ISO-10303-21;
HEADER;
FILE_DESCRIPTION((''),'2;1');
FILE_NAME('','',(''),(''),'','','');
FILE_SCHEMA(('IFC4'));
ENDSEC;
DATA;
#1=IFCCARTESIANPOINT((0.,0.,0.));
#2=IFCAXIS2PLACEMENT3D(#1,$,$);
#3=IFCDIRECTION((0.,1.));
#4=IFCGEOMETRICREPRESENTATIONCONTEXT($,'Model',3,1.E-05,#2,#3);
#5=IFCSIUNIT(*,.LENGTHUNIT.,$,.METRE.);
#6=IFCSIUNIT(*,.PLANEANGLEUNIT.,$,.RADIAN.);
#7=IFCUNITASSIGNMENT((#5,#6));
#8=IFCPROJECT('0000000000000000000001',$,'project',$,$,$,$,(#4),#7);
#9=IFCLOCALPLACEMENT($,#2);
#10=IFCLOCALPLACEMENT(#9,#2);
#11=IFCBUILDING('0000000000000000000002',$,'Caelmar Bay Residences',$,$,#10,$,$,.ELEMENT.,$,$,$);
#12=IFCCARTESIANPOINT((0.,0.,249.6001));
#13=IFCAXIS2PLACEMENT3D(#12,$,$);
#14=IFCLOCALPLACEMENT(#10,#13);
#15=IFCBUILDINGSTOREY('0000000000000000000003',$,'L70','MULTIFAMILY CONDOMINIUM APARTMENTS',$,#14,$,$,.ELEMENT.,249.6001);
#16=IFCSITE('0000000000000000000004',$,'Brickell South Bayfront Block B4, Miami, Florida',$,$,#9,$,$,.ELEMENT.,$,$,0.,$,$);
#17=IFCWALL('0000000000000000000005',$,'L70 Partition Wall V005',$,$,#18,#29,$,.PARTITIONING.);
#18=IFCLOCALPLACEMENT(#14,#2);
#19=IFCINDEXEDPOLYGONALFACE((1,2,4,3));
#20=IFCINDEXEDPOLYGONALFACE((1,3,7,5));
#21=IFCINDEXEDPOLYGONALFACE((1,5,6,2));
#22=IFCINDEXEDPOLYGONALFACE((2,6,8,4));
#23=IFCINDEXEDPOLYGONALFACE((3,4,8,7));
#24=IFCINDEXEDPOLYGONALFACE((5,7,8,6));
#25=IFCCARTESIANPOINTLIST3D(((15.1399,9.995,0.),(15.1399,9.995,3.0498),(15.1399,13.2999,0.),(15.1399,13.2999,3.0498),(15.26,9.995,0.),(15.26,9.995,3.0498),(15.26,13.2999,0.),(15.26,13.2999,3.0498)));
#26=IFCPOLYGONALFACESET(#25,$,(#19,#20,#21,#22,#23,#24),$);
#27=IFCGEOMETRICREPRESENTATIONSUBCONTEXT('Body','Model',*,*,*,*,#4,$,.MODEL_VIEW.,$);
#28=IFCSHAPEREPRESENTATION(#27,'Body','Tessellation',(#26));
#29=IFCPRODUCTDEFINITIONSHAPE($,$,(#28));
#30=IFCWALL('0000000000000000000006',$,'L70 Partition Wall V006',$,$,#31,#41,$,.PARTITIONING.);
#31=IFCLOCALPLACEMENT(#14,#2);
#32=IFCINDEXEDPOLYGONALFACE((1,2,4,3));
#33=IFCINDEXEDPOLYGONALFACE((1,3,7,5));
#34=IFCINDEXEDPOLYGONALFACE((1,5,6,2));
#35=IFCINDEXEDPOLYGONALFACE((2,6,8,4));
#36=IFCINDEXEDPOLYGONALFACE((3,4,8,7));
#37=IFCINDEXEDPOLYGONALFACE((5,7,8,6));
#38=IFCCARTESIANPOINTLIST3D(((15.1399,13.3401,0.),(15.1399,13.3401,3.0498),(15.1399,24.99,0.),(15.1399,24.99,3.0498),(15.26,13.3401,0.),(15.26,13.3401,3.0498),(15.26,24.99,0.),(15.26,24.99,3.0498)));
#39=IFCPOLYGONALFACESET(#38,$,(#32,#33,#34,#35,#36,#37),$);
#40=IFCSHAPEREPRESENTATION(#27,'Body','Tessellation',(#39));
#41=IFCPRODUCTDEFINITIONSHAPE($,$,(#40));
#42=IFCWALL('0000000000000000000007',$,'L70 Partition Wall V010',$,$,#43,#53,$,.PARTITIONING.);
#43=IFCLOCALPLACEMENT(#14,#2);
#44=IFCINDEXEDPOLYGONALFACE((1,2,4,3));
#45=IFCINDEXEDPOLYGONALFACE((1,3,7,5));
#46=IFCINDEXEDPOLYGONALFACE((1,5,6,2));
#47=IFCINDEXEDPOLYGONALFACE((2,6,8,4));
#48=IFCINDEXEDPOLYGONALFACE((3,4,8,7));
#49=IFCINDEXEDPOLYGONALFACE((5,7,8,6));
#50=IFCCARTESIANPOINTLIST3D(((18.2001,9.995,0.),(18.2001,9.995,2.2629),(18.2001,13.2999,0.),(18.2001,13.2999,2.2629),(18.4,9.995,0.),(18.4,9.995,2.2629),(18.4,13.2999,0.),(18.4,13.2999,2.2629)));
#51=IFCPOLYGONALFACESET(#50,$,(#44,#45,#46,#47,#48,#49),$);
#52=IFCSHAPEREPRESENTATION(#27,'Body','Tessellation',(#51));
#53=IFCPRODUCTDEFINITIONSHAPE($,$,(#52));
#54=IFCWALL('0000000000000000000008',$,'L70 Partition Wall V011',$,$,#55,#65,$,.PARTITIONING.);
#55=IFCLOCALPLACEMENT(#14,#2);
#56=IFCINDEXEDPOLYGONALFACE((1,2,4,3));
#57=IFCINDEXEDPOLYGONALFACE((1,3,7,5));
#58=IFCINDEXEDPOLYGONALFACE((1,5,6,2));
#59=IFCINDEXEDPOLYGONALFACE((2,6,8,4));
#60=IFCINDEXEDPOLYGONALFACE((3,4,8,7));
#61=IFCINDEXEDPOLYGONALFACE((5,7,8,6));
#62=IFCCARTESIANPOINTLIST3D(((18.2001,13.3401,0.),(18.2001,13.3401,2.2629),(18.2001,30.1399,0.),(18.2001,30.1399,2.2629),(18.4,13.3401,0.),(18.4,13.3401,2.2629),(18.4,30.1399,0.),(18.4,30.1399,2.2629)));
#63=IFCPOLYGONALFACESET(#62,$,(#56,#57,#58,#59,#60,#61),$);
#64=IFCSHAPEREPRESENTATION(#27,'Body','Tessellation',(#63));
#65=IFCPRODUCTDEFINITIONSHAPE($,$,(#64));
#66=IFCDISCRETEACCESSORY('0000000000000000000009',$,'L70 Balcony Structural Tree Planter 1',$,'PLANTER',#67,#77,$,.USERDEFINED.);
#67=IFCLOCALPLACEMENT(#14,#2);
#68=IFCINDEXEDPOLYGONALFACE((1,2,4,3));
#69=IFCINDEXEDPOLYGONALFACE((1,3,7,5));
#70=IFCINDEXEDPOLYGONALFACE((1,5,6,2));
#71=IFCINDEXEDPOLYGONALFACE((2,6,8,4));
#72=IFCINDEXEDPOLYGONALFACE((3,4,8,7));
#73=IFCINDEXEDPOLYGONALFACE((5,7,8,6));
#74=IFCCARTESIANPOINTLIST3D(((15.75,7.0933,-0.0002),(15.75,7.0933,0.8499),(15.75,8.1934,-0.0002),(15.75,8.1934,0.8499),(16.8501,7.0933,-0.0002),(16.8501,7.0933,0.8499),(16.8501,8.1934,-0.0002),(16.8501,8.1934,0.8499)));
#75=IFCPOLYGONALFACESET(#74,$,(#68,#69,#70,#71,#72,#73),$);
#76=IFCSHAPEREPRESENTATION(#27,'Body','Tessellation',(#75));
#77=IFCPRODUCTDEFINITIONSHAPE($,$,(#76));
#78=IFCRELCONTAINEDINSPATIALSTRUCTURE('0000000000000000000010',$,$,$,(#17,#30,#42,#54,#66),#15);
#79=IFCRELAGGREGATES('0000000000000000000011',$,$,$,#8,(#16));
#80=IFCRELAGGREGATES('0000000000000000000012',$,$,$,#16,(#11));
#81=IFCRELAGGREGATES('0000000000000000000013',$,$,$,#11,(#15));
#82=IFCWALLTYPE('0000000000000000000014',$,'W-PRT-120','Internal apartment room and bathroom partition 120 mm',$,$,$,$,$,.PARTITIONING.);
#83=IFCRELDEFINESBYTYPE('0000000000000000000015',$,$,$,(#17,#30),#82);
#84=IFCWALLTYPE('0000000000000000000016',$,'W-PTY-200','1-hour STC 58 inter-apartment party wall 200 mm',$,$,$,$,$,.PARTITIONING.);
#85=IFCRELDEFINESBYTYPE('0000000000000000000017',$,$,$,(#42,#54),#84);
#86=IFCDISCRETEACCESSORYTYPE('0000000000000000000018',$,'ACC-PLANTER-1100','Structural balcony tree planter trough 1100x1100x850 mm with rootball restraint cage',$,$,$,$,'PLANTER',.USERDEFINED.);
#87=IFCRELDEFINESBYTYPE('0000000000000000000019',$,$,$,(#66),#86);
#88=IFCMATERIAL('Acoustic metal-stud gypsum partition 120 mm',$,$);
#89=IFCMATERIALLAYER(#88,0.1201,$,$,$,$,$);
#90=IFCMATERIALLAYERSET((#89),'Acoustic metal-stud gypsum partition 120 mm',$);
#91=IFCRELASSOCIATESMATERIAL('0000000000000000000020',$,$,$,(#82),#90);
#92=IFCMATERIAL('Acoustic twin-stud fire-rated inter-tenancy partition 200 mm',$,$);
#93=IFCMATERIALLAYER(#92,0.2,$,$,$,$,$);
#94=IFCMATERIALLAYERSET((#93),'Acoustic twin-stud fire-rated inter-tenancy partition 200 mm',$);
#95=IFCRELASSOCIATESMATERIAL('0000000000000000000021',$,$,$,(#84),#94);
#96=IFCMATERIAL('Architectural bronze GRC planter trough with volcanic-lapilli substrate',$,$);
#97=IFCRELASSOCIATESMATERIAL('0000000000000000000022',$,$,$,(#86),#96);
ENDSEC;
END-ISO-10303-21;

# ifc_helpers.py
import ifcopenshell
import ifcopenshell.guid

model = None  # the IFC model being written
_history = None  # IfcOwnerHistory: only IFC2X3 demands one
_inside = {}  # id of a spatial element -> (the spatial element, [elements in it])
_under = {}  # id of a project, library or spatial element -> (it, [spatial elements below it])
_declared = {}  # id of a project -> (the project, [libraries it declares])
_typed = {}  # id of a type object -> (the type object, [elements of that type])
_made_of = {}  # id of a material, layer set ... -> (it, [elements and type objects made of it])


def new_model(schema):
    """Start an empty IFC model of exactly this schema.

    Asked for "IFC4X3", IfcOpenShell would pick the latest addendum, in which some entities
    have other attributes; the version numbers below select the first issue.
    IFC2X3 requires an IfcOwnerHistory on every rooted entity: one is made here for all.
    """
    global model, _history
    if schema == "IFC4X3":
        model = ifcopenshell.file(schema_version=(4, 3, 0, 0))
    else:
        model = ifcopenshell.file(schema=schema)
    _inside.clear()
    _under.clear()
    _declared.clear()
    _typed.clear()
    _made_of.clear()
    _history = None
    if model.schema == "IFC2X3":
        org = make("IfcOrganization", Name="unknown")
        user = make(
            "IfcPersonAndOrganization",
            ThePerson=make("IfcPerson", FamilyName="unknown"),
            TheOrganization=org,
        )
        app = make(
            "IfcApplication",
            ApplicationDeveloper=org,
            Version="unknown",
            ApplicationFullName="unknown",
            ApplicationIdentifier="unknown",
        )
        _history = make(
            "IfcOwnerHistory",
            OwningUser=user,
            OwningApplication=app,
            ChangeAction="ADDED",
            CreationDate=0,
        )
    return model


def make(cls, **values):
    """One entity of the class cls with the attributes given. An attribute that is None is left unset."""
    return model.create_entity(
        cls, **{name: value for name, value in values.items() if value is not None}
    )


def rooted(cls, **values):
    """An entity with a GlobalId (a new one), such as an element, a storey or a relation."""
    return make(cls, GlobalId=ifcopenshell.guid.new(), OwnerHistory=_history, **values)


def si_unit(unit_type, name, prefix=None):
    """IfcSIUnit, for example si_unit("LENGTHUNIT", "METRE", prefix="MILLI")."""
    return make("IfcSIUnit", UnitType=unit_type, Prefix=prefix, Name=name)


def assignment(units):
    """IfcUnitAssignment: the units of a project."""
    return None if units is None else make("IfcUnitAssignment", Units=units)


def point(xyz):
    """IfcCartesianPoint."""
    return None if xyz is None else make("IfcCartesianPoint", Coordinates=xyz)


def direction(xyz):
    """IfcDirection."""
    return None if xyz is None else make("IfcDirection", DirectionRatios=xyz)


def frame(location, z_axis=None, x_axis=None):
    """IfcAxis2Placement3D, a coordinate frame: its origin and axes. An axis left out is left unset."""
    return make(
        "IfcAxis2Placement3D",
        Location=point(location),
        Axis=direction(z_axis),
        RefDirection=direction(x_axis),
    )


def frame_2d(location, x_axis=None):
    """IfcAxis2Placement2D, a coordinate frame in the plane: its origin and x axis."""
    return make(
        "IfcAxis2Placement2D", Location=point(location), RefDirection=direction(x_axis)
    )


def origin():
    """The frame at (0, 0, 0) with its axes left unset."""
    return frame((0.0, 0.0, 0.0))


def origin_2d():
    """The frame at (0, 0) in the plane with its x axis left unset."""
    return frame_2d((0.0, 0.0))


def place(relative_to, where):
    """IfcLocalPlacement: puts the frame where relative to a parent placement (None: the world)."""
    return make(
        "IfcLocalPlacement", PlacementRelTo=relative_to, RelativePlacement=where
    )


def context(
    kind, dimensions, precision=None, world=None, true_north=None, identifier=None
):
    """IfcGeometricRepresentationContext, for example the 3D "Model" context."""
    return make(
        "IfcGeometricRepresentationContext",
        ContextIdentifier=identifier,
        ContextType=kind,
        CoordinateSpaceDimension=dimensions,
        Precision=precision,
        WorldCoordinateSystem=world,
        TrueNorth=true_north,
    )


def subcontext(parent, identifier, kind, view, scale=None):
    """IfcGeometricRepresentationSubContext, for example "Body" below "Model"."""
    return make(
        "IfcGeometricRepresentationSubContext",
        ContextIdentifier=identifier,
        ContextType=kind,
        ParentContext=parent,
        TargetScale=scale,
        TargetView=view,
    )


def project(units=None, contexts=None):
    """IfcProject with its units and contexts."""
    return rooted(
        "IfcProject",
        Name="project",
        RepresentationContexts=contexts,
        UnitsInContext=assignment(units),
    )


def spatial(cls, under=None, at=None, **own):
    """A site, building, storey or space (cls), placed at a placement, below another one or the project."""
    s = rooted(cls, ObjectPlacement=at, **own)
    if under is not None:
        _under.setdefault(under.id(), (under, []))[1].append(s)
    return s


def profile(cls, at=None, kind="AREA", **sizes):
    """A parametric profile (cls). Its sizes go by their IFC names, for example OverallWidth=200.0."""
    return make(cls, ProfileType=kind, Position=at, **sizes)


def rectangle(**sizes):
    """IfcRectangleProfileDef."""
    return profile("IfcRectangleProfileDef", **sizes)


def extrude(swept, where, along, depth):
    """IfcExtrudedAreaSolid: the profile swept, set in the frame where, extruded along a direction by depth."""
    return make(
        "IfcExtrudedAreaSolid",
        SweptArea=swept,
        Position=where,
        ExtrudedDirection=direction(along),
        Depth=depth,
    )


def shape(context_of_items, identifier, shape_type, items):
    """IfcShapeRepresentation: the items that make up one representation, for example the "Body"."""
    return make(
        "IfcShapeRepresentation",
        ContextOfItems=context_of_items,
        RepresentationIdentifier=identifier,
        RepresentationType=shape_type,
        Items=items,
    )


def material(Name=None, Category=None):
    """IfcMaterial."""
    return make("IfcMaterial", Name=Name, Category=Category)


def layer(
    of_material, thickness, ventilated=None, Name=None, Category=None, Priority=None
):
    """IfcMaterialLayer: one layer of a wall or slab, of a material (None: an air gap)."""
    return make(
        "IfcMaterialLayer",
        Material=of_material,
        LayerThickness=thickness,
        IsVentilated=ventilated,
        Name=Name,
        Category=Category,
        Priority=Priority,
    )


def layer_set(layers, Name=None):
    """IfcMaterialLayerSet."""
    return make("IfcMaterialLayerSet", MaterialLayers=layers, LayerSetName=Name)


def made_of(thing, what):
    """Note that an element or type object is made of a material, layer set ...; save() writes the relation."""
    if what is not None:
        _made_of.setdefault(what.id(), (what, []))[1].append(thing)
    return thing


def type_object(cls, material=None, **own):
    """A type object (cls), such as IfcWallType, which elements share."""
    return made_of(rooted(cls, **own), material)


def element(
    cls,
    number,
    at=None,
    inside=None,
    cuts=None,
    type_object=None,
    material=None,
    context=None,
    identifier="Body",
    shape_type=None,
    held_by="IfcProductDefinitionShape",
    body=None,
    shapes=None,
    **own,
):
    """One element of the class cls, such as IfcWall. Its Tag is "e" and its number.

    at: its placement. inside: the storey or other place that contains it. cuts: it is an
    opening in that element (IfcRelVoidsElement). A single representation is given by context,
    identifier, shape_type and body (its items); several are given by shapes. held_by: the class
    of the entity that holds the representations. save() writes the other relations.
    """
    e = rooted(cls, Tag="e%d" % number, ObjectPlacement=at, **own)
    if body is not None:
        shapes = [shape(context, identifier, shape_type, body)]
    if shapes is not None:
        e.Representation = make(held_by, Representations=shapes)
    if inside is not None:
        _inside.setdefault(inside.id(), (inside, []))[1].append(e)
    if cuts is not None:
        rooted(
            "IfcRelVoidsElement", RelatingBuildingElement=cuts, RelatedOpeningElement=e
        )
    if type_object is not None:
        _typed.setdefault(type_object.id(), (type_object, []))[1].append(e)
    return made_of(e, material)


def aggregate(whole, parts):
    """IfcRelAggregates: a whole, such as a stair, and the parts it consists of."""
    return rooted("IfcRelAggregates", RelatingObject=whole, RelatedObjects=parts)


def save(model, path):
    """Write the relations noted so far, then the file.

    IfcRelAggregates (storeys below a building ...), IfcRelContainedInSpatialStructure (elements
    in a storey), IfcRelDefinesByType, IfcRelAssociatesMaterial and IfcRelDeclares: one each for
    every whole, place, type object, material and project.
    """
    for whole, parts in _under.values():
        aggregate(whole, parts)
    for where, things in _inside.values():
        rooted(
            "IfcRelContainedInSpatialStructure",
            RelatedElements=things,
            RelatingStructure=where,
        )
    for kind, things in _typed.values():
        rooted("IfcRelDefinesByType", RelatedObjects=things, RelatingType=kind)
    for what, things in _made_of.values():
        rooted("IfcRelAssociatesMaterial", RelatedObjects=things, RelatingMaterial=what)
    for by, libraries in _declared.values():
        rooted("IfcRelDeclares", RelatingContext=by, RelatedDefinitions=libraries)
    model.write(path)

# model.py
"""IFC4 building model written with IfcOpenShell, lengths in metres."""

from ifc_helpers import new_model, si_unit, direction, frame, frame_2d, origin, origin_2d, place, context, subcontext, project, spatial, rectangle, extrude, material, layer, layer_set, type_object, element, save


model = new_model("IFC4")

# Units and contexts
model_context = context("Model", 3, precision=1e-05, world=origin(), true_north=direction((0.0, 1.0)))
body_context = subcontext(model_context, "Body", "Model", "MODEL_VIEW")
ifc_project = project(units=[si_unit("LENGTHUNIT", "METRE"), si_unit("PLANEANGLEUNIT", "RADIAN")], contexts=[model_context])

# Site, building, storey
site_placement = place(None, origin())
site = spatial("IfcSite", under=ifc_project, at=site_placement, Name="Brickell South Bayfront Block B4, Miami, Florida", CompositionType="ELEMENT", RefElevation=0.0)
building_placement = place(site_placement, origin())
building = spatial("IfcBuilding", under=site, at=building_placement, Name="Caelmar Bay Residences", CompositionType="ELEMENT")
storey_placement = place(building_placement, frame((0.0, 0.0, 249.6001)))
storey = spatial("IfcBuildingStorey", under=building, at=storey_placement, Name="L70", Description="MULTIFAMILY CONDOMINIUM APARTMENTS", CompositionType="ELEMENT", Elevation=249.6001)

# Shared definitions
ifc_material_1 = material(Name="Acoustic metal-stud gypsum partition 120 mm")
ifc_layer_1 = layer(ifc_material_1, 0.1201)
ifc_layer_set_1 = layer_set([ifc_layer_1], Name="Acoustic metal-stud gypsum partition 120 mm")
wall_type_1 = type_object("IfcWallType", Name="W-PRT-120", Description="Internal apartment room and bathroom partition 120 mm", PredefinedType="PARTITIONING", material=ifc_layer_set_1)

# Walls
wall_1_placement = place(storey_placement, frame((15.2, 9.9951, 0.0), z_axis=(0.0, 0.0, 1.0), x_axis=(0.0, 1.0, 0.0)))
element("IfcWall", 1, at=wall_1_placement, inside=storey, type_object=wall_type_1, Name="L70 Partition Wall V005", PredefinedType="PARTITIONING", context=body_context, shape_type="SweptSolid", body=[
    extrude(rectangle(XDim=3.3049, YDim=0.1201, at=frame_2d((1.6523, 0.0))), origin(), (0.0, 0.0, 1.0), 3.0498),
])
wall_2_placement = place(storey_placement, frame((15.2, 13.3401, 0.0), z_axis=(0.0, 0.0, 1.0), x_axis=(0.0, 1.0, 0.0)))
element("IfcWall", 2, at=wall_2_placement, inside=storey, type_object=wall_type_1, Name="L70 Partition Wall V006", PredefinedType="PARTITIONING", context=body_context, shape_type="SweptSolid", body=[
    extrude(rectangle(XDim=11.6499, YDim=0.1201, at=frame_2d((5.825, 0.0))), origin(), (0.0, 0.0, 1.0), 3.0498),
])
ifc_material_2 = material(Name="Acoustic twin-stud fire-rated inter-tenancy partition 200 mm")
ifc_layer_2 = layer(ifc_material_2, 0.2)
ifc_layer_set_2 = layer_set([ifc_layer_2], Name="Acoustic twin-stud fire-rated inter-tenancy partition 200 mm")
wall_type_2 = type_object("IfcWallType", Name="W-PTY-200", Description="1-hour STC 58 inter-apartment party wall 200 mm", PredefinedType="PARTITIONING", material=ifc_layer_set_2)
wall_3_placement = place(storey_placement, frame((18.3, 9.9951, 0.0), z_axis=(0.0, 0.0, 1.0), x_axis=(0.0, 1.0, 0.0)))
element("IfcWall", 3, at=wall_3_placement, inside=storey, type_object=wall_type_2, Name="L70 Partition Wall V010", PredefinedType="PARTITIONING", context=body_context, shape_type="SweptSolid", body=[
    extrude(rectangle(XDim=3.3049, YDim=0.2, at=frame_2d((1.6523, 0.0))), origin(), (0.0, 0.0, 1.0), 2.2629),
])
wall_4_placement = place(storey_placement, frame((18.3, 13.3401, 0.0), z_axis=(0.0, 0.0, 1.0), x_axis=(0.0, 1.0, 0.0)))
element("IfcWall", 4, at=wall_4_placement, inside=storey, type_object=wall_type_2, Name="L70 Partition Wall V011", PredefinedType="PARTITIONING", context=body_context, shape_type="SweptSolid", body=[
    extrude(rectangle(XDim=16.7998, YDim=0.2, at=frame_2d((8.3999, 0.0))), origin(), (0.0, 0.0, 1.0), 2.2629),
])

# Discrete accessory
ifc_material_3 = material(Name="Architectural bronze GRC planter trough with volcanic-lapilli substrate")
discrete_accessory_type = type_object("IfcDiscreteAccessoryType", Name="ACC-PLANTER-1100", Description="Structural balcony tree planter trough 1100x1100x850 mm with rootball restraint cage", ElementType="PLANTER", PredefinedType="USERDEFINED", material=ifc_material_3)
discrete_accessory_placement = place(storey_placement, frame((16.3, 7.6433, -0.0002), z_axis=(0.0, 0.0, 1.0), x_axis=(1.0, 0.0, 0.0)))
element("IfcDiscreteAccessory", 5, at=discrete_accessory_placement, inside=storey, type_object=discrete_accessory_type, Name="L70 Balcony Structural Tree Planter 1", ObjectType="PLANTER", PredefinedType="USERDEFINED", context=body_context, shape_type="SweptSolid", body=[
    extrude(rectangle(XDim=1.1001, YDim=1.1001, at=origin_2d()), origin(), (0.0, 0.0, 1.0), 0.8501),
])

save(model, "model.ifc")
